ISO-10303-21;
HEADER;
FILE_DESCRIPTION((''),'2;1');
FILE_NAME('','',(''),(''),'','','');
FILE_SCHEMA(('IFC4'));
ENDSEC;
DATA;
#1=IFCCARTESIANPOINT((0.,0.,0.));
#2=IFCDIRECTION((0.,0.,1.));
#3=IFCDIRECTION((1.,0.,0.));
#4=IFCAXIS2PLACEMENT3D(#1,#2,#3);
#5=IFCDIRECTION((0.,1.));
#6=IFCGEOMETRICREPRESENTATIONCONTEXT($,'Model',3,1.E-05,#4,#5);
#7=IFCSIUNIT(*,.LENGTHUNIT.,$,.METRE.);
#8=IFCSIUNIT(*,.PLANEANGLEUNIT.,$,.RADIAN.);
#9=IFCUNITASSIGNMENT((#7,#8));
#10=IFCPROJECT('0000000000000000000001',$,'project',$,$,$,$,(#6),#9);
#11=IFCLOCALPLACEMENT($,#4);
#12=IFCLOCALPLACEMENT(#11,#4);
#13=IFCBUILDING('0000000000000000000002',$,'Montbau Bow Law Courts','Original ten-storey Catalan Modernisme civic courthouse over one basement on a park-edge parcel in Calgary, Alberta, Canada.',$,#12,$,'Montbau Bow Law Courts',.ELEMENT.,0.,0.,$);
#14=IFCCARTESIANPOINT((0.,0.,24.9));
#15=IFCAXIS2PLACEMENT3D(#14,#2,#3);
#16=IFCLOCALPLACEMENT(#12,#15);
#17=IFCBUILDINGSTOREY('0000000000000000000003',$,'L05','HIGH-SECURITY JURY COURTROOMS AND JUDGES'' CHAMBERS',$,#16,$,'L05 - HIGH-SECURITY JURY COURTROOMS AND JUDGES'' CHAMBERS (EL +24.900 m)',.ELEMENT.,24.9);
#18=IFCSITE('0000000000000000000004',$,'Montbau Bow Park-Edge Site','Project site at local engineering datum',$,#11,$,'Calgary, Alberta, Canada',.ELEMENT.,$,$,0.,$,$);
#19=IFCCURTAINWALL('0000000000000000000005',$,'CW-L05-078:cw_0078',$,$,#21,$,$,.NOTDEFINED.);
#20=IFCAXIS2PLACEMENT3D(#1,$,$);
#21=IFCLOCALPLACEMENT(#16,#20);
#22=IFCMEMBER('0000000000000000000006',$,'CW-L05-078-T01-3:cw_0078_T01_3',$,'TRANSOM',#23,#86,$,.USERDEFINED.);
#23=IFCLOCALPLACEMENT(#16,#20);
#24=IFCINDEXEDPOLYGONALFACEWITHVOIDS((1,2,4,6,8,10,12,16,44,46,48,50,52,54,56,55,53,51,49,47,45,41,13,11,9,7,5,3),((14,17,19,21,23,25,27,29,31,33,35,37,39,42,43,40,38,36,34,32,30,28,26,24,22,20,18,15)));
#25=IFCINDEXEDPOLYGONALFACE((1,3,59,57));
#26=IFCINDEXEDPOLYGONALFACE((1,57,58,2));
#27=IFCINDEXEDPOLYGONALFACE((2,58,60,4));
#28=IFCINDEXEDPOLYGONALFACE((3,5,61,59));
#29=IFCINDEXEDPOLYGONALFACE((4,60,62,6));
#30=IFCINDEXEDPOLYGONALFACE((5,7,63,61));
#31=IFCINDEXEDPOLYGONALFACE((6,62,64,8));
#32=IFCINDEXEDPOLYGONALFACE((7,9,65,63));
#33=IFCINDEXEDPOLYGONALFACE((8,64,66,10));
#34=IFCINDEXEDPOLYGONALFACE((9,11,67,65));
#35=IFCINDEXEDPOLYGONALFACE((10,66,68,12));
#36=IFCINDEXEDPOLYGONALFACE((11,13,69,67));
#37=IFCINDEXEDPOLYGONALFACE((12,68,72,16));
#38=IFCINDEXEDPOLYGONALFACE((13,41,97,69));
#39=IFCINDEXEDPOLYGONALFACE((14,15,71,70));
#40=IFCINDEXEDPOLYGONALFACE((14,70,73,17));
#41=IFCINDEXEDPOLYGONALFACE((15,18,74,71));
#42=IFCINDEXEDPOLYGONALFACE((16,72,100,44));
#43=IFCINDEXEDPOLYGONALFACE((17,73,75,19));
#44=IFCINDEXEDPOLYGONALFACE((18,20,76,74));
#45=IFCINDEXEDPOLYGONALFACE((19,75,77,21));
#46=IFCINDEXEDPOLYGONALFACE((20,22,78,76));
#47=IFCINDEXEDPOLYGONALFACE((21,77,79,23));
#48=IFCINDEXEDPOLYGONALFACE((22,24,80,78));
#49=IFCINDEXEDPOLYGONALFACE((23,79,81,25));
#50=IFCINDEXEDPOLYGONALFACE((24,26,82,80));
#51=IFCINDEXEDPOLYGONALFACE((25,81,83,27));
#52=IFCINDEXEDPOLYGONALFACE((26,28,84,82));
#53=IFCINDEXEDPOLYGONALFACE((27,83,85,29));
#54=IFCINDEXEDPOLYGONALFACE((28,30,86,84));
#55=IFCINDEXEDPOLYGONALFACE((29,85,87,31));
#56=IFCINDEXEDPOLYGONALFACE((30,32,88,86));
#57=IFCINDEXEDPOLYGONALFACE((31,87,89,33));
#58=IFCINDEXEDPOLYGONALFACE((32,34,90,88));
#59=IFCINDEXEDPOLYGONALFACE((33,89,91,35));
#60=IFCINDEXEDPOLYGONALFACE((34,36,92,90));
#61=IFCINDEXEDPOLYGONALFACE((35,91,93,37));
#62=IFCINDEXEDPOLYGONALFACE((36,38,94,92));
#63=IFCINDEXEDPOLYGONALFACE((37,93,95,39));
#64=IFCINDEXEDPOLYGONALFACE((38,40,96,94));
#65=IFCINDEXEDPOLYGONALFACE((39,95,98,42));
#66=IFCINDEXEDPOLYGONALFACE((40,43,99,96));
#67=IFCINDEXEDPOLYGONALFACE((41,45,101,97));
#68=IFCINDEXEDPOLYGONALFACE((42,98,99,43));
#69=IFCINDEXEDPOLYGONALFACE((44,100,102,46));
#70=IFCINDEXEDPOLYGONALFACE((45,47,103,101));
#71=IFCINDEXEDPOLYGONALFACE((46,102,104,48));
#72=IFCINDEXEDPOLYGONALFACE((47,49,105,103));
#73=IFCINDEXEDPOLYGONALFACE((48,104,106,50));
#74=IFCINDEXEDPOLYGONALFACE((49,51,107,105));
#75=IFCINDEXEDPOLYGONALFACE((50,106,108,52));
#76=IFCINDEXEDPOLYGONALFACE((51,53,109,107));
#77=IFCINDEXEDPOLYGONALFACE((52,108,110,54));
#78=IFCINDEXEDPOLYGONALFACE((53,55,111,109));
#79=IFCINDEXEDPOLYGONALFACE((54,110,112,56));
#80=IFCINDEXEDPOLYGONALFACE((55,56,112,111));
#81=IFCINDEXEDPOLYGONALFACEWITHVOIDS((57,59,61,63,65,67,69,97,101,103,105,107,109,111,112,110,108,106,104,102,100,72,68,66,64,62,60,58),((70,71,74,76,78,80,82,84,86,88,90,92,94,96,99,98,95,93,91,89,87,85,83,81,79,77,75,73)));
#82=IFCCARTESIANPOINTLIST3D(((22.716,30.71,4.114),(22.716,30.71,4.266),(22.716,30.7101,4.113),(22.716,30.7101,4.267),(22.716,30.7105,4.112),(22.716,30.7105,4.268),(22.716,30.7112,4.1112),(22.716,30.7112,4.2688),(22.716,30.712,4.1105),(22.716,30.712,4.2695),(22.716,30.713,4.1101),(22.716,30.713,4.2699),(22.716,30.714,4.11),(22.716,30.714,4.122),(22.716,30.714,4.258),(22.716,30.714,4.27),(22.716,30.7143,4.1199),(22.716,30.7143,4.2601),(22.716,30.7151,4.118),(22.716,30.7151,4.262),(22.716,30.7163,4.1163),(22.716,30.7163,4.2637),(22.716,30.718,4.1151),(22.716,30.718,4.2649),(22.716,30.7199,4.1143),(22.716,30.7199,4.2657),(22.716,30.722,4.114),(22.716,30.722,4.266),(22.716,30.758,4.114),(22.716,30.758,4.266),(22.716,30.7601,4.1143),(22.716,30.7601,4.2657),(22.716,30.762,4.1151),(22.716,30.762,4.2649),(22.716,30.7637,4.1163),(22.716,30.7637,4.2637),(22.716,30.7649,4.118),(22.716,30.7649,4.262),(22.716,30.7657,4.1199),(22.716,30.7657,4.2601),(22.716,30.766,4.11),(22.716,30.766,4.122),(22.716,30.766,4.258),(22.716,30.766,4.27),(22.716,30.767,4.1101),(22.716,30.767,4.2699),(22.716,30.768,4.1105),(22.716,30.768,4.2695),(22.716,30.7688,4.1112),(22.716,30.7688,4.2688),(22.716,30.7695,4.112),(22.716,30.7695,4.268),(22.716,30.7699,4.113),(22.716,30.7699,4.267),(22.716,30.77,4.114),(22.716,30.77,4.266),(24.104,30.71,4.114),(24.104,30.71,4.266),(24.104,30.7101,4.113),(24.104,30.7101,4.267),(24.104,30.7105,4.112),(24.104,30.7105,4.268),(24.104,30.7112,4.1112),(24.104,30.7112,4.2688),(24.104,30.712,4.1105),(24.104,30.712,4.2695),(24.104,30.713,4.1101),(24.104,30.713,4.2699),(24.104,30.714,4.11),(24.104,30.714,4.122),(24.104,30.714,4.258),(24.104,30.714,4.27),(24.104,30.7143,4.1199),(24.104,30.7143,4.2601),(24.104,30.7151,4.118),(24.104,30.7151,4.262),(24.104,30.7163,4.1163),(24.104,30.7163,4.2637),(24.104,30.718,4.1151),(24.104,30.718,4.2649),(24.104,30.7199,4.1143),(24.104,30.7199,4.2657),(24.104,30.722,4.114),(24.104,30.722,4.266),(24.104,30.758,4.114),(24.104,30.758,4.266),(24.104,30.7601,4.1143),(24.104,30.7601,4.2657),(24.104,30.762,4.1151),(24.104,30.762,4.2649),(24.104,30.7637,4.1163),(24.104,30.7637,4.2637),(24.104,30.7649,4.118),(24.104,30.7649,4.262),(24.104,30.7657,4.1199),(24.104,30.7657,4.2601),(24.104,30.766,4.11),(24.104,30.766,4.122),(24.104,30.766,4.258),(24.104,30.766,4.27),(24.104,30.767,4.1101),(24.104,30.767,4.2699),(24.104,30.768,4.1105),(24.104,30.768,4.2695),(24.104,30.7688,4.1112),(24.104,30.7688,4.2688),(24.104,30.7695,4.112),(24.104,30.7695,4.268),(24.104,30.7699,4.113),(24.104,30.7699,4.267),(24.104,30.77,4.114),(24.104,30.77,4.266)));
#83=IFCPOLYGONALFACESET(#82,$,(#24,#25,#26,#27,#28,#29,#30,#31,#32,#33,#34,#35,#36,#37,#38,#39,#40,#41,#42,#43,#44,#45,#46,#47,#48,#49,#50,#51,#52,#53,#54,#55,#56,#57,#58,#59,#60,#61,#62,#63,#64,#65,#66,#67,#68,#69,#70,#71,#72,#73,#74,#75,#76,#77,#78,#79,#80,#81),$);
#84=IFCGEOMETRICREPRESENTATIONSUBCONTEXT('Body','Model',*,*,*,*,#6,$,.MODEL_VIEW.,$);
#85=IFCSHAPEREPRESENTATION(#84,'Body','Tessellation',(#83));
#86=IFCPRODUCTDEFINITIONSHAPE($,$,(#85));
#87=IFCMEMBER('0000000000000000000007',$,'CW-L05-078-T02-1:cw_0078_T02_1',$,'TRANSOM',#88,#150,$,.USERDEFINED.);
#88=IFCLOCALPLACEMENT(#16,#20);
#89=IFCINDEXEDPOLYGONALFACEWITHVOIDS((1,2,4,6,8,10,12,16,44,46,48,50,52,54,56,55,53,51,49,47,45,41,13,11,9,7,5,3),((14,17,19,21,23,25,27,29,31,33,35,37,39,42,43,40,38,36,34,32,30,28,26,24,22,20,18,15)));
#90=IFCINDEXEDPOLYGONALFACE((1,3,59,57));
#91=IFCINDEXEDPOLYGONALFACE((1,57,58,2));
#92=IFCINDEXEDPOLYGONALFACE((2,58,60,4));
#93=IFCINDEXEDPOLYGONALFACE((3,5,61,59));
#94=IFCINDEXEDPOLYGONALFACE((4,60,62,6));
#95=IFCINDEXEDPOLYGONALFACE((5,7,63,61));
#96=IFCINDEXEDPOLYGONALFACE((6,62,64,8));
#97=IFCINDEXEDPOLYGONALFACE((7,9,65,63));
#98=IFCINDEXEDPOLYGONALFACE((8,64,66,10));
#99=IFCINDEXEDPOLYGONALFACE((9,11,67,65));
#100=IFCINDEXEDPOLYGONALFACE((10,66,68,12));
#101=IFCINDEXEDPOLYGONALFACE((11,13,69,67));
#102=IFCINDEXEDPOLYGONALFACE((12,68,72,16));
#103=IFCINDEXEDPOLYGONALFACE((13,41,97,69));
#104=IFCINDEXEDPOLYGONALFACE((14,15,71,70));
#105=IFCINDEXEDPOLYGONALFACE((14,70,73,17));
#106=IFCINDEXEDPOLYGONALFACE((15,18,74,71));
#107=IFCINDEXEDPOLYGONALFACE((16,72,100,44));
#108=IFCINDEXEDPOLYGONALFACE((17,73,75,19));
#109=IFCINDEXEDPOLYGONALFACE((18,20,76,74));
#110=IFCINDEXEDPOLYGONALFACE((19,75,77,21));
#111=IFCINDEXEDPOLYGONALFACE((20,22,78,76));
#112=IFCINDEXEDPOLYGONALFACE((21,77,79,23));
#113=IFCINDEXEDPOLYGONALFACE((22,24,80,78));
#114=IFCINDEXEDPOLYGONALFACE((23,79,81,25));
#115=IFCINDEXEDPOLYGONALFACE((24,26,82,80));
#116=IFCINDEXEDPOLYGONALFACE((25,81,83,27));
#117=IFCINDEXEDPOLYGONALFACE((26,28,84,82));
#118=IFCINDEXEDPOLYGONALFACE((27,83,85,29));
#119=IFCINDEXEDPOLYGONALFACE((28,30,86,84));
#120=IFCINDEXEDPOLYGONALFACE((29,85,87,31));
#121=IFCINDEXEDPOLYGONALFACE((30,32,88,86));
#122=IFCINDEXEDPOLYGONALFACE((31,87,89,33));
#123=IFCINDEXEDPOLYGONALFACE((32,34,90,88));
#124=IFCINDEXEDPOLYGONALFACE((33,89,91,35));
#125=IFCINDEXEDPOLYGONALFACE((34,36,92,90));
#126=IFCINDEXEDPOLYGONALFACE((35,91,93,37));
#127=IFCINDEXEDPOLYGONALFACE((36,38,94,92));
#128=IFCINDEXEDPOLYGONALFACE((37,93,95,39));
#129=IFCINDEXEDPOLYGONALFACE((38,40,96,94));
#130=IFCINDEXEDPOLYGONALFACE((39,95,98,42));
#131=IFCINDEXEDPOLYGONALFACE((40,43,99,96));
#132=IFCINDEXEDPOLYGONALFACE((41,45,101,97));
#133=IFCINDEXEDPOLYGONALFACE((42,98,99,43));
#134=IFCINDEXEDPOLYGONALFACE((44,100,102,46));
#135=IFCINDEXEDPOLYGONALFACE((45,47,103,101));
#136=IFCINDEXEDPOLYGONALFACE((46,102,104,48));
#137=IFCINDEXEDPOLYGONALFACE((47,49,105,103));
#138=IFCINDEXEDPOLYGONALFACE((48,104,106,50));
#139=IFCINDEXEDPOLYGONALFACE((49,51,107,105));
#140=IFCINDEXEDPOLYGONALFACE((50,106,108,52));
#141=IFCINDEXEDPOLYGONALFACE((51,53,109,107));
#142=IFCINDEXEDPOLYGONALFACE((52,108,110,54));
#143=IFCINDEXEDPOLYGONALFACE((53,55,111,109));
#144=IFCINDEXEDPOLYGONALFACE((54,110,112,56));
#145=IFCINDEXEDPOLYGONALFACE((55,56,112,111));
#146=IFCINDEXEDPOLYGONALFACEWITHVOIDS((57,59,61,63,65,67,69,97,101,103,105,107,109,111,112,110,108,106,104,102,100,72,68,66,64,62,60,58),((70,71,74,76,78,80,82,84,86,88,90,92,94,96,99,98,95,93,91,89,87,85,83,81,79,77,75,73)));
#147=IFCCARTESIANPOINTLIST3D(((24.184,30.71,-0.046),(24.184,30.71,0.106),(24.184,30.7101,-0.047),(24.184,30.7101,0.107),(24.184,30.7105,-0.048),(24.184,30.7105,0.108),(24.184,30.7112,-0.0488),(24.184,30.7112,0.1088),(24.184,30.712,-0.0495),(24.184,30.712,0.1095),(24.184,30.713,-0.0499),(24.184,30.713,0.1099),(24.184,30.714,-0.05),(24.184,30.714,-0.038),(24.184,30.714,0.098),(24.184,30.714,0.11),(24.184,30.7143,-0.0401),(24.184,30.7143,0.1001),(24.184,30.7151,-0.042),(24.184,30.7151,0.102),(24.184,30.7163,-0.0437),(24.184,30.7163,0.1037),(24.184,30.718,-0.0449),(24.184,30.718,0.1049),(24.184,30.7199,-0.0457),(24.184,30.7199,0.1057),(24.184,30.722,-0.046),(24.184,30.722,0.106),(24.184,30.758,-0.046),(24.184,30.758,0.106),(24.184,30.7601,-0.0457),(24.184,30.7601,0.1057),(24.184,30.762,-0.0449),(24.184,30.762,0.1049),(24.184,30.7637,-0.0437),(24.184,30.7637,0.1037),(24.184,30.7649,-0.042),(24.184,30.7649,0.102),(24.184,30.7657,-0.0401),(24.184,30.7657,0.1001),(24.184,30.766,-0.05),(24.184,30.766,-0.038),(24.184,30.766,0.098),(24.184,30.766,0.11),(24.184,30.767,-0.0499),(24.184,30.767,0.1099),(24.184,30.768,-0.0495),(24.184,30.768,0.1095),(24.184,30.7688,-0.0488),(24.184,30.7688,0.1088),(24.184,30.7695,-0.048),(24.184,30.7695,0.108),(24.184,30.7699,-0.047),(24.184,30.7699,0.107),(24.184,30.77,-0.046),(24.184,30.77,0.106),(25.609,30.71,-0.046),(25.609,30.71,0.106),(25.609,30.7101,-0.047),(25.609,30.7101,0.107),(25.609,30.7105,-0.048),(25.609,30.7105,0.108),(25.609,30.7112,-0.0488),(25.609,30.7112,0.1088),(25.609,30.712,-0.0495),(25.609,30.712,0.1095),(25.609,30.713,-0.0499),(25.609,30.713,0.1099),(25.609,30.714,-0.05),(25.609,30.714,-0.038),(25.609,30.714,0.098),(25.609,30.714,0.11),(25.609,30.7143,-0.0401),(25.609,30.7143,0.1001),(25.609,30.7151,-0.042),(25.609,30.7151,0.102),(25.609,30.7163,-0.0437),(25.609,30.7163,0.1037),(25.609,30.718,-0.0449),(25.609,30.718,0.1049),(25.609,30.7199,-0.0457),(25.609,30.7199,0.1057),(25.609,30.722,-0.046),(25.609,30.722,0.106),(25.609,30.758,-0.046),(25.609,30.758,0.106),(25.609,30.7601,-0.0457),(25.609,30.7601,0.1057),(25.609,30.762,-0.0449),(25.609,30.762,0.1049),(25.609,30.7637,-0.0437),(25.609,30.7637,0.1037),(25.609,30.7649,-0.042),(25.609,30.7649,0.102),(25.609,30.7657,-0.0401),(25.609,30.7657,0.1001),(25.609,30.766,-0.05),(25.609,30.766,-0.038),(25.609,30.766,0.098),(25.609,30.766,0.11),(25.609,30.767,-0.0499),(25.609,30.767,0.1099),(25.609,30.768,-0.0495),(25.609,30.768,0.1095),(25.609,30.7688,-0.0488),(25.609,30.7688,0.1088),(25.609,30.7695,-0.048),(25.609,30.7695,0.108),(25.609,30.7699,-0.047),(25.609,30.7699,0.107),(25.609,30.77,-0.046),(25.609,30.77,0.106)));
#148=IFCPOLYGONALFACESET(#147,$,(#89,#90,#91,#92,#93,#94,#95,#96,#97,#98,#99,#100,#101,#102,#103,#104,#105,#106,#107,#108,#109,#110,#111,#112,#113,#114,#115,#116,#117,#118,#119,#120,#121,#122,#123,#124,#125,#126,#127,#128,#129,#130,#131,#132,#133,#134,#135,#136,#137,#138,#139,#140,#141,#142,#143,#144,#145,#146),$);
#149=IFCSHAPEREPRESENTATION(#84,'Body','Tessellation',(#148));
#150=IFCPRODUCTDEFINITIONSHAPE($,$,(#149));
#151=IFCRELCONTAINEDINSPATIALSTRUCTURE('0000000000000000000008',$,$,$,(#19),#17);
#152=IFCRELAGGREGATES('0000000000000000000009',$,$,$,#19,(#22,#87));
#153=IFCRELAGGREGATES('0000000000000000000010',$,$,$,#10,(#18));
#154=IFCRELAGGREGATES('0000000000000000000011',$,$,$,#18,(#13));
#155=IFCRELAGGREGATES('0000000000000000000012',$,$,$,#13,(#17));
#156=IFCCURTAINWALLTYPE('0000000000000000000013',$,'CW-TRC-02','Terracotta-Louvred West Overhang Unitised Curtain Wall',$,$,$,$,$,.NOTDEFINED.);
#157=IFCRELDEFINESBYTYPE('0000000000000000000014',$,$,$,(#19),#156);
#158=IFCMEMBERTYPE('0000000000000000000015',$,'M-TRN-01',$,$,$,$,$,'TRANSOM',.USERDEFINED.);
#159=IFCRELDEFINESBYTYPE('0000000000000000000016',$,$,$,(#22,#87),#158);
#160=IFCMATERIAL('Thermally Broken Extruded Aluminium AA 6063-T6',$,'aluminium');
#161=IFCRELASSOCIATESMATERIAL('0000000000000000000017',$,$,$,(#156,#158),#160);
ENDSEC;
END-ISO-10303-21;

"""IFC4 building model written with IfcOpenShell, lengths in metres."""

from ifc_helpers import new_model, si_unit, direction, frame, origin_with_axes, origin_2d_with_axis, place, context, subcontext, project, spatial, hollow_rectangle, extrude, material, material_profile, profile_set, type_object, element, aggregate, save


model = new_model("IFC4")

# Units and contexts
model_context = context("Model", 3, precision=1e-05, world=origin_with_axes(), true_north=direction((0.0, 1.0)))
body_context = subcontext(model_context, "Body", "Model", "MODEL_VIEW")
ifc_project = project(units=[si_unit("LENGTHUNIT", "METRE"), si_unit("PLANEANGLEUNIT", "RADIAN")], contexts=[model_context])

# Site, building, storey
site_placement = place(None, origin_with_axes())
site = spatial("IfcSite", under=ifc_project, at=site_placement, Name="Montbau Bow Park-Edge Site", Description="Project site at local engineering datum", LongName="Calgary, Alberta, Canada", CompositionType="ELEMENT", RefElevation=0.0)
building_placement = place(site_placement, origin_with_axes())
building = spatial("IfcBuilding", under=site, at=building_placement, Name="Montbau Bow Law Courts", Description="Original ten-storey Catalan Modernisme civic courthouse over one basement on a park-edge parcel in Calgary, Alberta, Canada.", LongName="Montbau Bow Law Courts", CompositionType="ELEMENT", ElevationOfRefHeight=0.0, ElevationOfTerrain=0.0)
storey_placement = place(building_placement, frame((0.0, 0.0, 24.9), z_axis=(0.0, 0.0, 1.0), x_axis=(1.0, 0.0, 0.0)))
storey = spatial("IfcBuildingStorey", under=building, at=storey_placement, Name="L05", Description="HIGH-SECURITY JURY COURTROOMS AND JUDGES' CHAMBERS", LongName="L05 - HIGH-SECURITY JURY COURTROOMS AND JUDGES' CHAMBERS (EL +24.900 m)", CompositionType="ELEMENT", Elevation=24.9)

# Curtain wall
ifc_material_1 = material(Name="Thermally Broken Extruded Aluminium AA 6063-T6", Category="aluminium")
curtain_wall_type = type_object("IfcCurtainWallType", Name="CW-TRC-02", Description="Terracotta-Louvred West Overhang Unitised Curtain Wall", PredefinedType="NOTDEFINED", material=ifc_material_1)
curtain_wall_1_placement = place(None, frame((22.64, 30.74, 24.9), z_axis=(0.0, 0.0, 1.0), x_axis=(1.0, 0.0, 0.0)))
curtain_wall_1 = element("IfcCurtainWall", 1, at=curtain_wall_1_placement, inside=storey, type_object=curtain_wall_type, Name="CW-L05-078:cw_0078", PredefinedType="NOTDEFINED")

# Members
ifc_material_profile_1 = material_profile(ifc_material_1, hollow_rectangle(XDim=0.06, YDim=0.16, WallThickness=0.004, InnerFilletRadius=0.008, OuterFilletRadius=0.004, at=origin_2d_with_axis()), Name="CWT-160X60", Category="Main", Priority=0)
ifc_profile_set_1 = profile_set([ifc_material_profile_1], Name="Thermally Broken Extruded Aluminium AA 6063-T6")
member_type_1 = type_object("IfcMemberType", Name="M-TRN-01", ElementType="TRANSOM", PredefinedType="USERDEFINED", material=ifc_profile_set_1)
member_1_placement = place(None, frame((22.716, 30.74, 29.09), z_axis=(1.0, 0.0, 0.0), x_axis=(0.0, 1.0, 0.0)))
member_1 = element("IfcMember", 2, at=member_1_placement, type_object=member_type_1, Name="CW-L05-078-T01-3:cw_0078_T01_3", ObjectType="TRANSOM", PredefinedType="USERDEFINED", context=body_context, shape_type="SweptSolid", body=[
    extrude(hollow_rectangle(XDim=0.06, YDim=0.16, WallThickness=0.004, InnerFilletRadius=0.008, OuterFilletRadius=0.004, at=origin_2d_with_axis()), origin_with_axes(), (0.0, 0.0, 1.0), 1.388),
])
member_2_placement = place(None, frame((24.184, 30.74, 24.93), z_axis=(1.0, 0.0, 0.0), x_axis=(0.0, 1.0, 0.0)))
member_2 = element("IfcMember", 3, at=member_2_placement, type_object=member_type_1, Name="CW-L05-078-T02-1:cw_0078_T02_1", ObjectType="TRANSOM", PredefinedType="USERDEFINED", context=body_context, shape_type="SweptSolid", body=[
    extrude(hollow_rectangle(XDim=0.06, YDim=0.16, WallThickness=0.004, InnerFilletRadius=0.008, OuterFilletRadius=0.004, at=origin_2d_with_axis()), origin_with_axes(), (0.0, 0.0, 1.0), 1.425),
])

aggregate(curtain_wall_1, [member_1, member_2])

save(model, "model.ifc")
